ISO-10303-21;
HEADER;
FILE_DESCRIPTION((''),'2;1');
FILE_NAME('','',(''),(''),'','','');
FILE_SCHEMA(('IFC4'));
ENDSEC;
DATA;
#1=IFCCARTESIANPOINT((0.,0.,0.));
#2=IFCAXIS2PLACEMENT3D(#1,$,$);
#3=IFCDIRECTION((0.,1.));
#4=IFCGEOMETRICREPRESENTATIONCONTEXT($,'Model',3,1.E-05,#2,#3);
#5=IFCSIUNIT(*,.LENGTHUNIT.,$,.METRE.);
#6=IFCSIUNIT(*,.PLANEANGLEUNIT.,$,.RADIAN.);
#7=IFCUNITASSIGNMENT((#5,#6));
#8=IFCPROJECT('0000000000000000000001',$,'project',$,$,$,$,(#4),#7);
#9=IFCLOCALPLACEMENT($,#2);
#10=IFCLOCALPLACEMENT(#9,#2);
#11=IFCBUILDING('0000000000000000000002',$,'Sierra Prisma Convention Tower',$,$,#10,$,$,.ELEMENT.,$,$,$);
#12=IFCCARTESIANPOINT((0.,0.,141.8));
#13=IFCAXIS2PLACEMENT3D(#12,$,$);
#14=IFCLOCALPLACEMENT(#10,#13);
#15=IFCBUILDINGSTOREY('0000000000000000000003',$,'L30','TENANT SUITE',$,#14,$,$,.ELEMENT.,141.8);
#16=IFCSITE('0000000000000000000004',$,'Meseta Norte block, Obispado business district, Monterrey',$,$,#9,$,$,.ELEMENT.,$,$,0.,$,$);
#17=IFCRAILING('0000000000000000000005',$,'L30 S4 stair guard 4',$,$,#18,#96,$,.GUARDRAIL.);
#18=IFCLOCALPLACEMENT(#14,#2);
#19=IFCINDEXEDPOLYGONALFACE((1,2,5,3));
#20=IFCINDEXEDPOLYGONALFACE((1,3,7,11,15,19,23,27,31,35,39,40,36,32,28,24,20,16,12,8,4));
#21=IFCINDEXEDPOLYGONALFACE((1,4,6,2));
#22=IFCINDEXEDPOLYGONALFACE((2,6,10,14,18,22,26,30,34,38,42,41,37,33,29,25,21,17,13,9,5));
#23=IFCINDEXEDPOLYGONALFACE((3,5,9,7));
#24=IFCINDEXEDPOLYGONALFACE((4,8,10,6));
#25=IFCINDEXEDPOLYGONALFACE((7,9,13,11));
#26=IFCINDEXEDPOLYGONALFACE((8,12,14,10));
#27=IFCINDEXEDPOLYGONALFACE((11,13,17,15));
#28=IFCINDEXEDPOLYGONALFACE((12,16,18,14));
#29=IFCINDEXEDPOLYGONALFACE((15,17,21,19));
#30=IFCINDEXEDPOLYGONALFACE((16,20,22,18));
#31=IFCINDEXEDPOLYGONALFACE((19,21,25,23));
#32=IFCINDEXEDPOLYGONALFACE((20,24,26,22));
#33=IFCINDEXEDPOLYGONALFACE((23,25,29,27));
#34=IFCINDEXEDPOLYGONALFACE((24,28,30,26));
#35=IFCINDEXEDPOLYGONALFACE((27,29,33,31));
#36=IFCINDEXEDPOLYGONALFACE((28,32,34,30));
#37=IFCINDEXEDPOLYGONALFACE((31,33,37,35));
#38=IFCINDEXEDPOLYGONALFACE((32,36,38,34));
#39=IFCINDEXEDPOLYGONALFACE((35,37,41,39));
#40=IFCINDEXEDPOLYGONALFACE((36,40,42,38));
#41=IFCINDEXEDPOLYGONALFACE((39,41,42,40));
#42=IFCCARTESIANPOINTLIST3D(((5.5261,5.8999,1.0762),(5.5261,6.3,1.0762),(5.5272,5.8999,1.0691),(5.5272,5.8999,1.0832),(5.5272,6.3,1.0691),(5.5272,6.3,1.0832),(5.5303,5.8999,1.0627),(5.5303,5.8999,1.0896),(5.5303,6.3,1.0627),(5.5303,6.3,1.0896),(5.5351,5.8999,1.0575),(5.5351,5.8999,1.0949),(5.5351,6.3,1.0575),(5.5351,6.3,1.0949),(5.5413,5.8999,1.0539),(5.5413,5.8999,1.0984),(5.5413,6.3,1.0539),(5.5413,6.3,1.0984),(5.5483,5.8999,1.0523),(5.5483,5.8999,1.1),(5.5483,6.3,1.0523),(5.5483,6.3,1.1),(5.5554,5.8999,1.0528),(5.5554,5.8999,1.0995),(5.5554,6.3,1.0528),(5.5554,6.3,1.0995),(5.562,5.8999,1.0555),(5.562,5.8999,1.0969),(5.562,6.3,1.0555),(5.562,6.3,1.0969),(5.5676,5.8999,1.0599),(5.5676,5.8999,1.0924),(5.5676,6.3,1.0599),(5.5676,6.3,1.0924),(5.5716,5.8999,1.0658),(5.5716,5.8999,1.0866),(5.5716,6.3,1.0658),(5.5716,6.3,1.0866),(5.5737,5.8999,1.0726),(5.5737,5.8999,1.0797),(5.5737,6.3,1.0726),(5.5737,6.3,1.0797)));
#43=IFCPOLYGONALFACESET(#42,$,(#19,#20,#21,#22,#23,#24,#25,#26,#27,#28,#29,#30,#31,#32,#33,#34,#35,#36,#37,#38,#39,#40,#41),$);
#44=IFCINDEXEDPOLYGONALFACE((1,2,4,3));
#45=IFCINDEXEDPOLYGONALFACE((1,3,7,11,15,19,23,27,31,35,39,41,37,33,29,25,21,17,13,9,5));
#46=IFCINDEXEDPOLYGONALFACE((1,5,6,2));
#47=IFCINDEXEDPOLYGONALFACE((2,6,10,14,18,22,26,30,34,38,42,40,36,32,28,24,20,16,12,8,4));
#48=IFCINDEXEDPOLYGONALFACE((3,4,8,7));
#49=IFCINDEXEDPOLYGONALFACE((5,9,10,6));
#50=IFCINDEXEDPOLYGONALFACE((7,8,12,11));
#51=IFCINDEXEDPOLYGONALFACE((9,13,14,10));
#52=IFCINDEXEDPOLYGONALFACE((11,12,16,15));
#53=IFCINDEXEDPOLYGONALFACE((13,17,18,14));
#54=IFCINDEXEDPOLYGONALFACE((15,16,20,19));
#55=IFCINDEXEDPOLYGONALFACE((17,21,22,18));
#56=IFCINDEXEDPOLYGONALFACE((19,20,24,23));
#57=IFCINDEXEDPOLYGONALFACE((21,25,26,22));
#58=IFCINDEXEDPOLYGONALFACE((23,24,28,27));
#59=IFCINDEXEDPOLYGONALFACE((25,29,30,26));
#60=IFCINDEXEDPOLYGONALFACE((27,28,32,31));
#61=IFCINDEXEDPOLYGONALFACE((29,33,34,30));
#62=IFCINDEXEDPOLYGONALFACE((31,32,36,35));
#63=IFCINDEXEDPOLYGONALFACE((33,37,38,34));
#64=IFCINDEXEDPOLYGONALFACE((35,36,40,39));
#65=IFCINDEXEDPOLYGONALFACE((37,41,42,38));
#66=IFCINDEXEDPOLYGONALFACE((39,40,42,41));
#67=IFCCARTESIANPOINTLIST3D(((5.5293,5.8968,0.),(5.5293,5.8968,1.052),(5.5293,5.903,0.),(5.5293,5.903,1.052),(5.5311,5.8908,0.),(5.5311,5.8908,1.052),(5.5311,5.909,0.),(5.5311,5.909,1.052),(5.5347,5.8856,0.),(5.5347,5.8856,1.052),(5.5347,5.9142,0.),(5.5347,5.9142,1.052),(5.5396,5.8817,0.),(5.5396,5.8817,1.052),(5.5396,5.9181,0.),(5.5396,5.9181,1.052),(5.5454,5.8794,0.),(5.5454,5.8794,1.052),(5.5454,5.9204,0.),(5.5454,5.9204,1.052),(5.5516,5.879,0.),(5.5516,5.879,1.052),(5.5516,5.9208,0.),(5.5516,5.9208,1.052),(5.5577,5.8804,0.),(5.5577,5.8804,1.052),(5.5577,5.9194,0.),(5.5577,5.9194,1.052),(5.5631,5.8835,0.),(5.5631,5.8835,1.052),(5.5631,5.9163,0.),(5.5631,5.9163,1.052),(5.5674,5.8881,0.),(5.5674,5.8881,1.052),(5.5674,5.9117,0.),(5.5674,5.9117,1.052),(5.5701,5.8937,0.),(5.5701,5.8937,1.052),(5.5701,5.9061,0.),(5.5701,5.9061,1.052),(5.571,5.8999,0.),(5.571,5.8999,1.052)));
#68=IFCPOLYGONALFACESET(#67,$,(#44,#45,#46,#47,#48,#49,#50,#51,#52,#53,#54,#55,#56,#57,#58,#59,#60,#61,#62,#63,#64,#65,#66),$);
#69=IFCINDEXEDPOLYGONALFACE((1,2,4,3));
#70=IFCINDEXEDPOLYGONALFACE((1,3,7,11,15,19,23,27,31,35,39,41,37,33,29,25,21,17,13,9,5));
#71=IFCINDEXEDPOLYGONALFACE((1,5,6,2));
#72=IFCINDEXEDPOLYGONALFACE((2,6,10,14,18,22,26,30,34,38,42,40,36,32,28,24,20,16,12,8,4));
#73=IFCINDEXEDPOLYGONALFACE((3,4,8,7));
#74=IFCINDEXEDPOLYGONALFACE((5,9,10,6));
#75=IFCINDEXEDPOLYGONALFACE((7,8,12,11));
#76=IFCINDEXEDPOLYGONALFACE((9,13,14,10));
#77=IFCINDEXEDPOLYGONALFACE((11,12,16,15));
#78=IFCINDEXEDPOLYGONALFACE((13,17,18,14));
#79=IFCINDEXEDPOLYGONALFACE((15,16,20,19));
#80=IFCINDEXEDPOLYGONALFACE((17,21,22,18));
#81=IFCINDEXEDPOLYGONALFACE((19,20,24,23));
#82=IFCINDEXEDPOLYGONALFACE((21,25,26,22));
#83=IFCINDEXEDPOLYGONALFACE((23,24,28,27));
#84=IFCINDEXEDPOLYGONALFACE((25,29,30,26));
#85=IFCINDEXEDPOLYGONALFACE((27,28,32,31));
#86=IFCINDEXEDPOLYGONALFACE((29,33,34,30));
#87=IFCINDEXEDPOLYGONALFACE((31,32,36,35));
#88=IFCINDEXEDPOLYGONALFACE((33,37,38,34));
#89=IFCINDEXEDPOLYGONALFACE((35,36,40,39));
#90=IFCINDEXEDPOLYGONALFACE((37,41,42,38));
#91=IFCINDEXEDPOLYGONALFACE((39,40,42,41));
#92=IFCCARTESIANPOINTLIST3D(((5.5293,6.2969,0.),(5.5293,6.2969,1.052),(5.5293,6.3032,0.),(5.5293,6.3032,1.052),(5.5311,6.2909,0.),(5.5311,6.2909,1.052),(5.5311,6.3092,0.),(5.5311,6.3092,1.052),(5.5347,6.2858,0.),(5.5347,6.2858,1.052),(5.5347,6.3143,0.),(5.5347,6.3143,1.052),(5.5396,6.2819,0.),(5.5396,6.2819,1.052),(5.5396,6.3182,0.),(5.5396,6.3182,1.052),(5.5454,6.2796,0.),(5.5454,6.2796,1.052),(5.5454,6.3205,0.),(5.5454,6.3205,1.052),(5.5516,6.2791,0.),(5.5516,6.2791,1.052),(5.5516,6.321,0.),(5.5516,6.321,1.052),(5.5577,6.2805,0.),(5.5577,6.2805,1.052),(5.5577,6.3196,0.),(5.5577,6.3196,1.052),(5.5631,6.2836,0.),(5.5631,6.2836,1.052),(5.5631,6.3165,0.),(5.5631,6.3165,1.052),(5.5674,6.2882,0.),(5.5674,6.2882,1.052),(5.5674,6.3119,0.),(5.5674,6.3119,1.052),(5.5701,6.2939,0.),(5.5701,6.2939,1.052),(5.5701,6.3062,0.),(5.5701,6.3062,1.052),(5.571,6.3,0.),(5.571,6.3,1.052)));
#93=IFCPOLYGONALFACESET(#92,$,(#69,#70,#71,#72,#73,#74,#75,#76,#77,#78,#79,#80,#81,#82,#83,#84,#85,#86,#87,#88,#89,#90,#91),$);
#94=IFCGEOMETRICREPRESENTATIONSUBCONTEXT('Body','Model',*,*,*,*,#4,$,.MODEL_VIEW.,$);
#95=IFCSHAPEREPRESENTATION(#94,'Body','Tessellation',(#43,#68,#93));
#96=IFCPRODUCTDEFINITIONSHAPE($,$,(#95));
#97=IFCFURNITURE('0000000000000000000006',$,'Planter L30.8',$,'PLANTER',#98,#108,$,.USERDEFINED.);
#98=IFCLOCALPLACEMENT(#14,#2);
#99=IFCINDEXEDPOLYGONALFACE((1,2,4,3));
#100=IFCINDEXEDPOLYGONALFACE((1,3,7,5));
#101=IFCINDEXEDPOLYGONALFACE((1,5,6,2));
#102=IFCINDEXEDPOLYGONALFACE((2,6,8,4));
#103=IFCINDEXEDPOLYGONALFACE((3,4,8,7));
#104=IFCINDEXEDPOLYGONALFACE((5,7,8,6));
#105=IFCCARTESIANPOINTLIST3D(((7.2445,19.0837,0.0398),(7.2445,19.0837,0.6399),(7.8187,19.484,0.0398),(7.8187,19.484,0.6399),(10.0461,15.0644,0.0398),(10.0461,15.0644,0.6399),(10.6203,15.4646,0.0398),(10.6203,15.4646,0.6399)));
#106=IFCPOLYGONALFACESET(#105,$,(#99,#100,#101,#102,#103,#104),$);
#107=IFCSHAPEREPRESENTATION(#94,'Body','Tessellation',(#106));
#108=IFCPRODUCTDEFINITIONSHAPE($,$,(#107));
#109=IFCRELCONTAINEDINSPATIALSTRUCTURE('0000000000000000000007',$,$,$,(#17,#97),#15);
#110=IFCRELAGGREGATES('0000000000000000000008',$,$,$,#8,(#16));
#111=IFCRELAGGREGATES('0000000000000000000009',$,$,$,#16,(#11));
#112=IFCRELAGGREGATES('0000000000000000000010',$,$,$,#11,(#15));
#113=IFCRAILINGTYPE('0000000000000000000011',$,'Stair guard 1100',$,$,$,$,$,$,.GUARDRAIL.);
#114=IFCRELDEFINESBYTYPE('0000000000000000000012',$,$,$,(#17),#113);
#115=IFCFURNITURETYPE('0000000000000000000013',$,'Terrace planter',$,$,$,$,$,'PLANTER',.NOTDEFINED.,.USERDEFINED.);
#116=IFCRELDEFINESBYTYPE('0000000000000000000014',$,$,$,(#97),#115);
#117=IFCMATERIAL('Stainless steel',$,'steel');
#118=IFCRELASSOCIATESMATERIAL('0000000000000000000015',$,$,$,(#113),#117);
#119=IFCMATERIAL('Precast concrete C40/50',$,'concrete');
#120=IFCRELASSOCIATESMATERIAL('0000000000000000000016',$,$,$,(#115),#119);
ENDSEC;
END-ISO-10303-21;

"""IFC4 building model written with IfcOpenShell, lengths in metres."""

from ifc_helpers import new_model, si_unit, direction, frame, origin, origin_2d, place, context, subcontext, project, spatial, rectangle, circle, extrude, material, type_object, element, save


model = new_model("IFC4")

# Units and contexts
model_context = context("Model", 3, precision=1e-05, world=origin(), true_north=direction((0.0, 1.0)))
body_context = subcontext(model_context, "Body", "Model", "MODEL_VIEW")
ifc_project = project(units=[si_unit("LENGTHUNIT", "METRE"), si_unit("PLANEANGLEUNIT", "RADIAN")], contexts=[model_context])

# Site, building, storey
site_placement = place(None, origin())
site = spatial("IfcSite", under=ifc_project, at=site_placement, Name="Meseta Norte block, Obispado business district, Monterrey", CompositionType="ELEMENT", RefElevation=0.0)
building_placement = place(site_placement, origin())
building = spatial("IfcBuilding", under=site, at=building_placement, Name="Sierra Prisma Convention Tower", CompositionType="ELEMENT")
storey_placement = place(building_placement, frame((0.0, 0.0, 141.8)))
storey = spatial("IfcBuildingStorey", under=building, at=storey_placement, Name="L30", Description="TENANT SUITE", CompositionType="ELEMENT", Elevation=141.8)

# Railing
ifc_material_1 = material(Name="Stainless steel", Category="steel")
railing_type_1 = type_object("IfcRailingType", Name="Stair guard 1100", PredefinedType="GUARDRAIL", material=ifc_material_1)
railing_1_placement = place(storey_placement, frame((5.55, 5.8999, 0.0)))
element("IfcRailing", 1, at=railing_1_placement, inside=storey, type_object=railing_type_1, Name="L30 S4 stair guard 4", PredefinedType="GUARDRAIL", context=body_context, shape_type="SweptSolid", body=[
    extrude(circle(Radius=0.0239, at=origin_2d()), frame((0.0, 0.0, 1.0762), z_axis=(0.0, 1.0, 0.0), x_axis=(-1.0, 0.0, 0.0)), (0.0, 0.0, 1.0), 0.4001),
    extrude(circle(Radius=0.021, at=origin_2d()), origin(), (0.0, 0.0, 1.0), 1.052),
    extrude(circle(Radius=0.021, at=origin_2d()), frame((0.0, 0.4001, 0.0)), (0.0, 0.0, 1.0), 1.052),
])

# Furniture
ifc_material_2 = material(Name="Precast concrete C40/50", Category="concrete")
furniture_type = type_object("IfcFurnitureType", Name="Terrace planter", ElementType="PLANTER", AssemblyPlace="NOTDEFINED", PredefinedType="USERDEFINED", material=ifc_material_2)
furniture_placement = place(storey_placement, frame((8.9324, 17.2742, 0.0398), z_axis=(0.0, 0.0, 1.0), x_axis=(-0.571825, 0.820376, 0.0)))
element("IfcFurniture", 2, at=furniture_placement, inside=storey, type_object=furniture_type, Name="Planter L30.8", ObjectType="PLANTER", PredefinedType="USERDEFINED", context=body_context, shape_type="SweptSolid", body=[
    extrude(rectangle(XDim=4.8994, YDim=0.7, at=origin_2d()), origin(), (0.0, 0.0, 1.0), 0.6001),
])

save(model, "model.ifc")
